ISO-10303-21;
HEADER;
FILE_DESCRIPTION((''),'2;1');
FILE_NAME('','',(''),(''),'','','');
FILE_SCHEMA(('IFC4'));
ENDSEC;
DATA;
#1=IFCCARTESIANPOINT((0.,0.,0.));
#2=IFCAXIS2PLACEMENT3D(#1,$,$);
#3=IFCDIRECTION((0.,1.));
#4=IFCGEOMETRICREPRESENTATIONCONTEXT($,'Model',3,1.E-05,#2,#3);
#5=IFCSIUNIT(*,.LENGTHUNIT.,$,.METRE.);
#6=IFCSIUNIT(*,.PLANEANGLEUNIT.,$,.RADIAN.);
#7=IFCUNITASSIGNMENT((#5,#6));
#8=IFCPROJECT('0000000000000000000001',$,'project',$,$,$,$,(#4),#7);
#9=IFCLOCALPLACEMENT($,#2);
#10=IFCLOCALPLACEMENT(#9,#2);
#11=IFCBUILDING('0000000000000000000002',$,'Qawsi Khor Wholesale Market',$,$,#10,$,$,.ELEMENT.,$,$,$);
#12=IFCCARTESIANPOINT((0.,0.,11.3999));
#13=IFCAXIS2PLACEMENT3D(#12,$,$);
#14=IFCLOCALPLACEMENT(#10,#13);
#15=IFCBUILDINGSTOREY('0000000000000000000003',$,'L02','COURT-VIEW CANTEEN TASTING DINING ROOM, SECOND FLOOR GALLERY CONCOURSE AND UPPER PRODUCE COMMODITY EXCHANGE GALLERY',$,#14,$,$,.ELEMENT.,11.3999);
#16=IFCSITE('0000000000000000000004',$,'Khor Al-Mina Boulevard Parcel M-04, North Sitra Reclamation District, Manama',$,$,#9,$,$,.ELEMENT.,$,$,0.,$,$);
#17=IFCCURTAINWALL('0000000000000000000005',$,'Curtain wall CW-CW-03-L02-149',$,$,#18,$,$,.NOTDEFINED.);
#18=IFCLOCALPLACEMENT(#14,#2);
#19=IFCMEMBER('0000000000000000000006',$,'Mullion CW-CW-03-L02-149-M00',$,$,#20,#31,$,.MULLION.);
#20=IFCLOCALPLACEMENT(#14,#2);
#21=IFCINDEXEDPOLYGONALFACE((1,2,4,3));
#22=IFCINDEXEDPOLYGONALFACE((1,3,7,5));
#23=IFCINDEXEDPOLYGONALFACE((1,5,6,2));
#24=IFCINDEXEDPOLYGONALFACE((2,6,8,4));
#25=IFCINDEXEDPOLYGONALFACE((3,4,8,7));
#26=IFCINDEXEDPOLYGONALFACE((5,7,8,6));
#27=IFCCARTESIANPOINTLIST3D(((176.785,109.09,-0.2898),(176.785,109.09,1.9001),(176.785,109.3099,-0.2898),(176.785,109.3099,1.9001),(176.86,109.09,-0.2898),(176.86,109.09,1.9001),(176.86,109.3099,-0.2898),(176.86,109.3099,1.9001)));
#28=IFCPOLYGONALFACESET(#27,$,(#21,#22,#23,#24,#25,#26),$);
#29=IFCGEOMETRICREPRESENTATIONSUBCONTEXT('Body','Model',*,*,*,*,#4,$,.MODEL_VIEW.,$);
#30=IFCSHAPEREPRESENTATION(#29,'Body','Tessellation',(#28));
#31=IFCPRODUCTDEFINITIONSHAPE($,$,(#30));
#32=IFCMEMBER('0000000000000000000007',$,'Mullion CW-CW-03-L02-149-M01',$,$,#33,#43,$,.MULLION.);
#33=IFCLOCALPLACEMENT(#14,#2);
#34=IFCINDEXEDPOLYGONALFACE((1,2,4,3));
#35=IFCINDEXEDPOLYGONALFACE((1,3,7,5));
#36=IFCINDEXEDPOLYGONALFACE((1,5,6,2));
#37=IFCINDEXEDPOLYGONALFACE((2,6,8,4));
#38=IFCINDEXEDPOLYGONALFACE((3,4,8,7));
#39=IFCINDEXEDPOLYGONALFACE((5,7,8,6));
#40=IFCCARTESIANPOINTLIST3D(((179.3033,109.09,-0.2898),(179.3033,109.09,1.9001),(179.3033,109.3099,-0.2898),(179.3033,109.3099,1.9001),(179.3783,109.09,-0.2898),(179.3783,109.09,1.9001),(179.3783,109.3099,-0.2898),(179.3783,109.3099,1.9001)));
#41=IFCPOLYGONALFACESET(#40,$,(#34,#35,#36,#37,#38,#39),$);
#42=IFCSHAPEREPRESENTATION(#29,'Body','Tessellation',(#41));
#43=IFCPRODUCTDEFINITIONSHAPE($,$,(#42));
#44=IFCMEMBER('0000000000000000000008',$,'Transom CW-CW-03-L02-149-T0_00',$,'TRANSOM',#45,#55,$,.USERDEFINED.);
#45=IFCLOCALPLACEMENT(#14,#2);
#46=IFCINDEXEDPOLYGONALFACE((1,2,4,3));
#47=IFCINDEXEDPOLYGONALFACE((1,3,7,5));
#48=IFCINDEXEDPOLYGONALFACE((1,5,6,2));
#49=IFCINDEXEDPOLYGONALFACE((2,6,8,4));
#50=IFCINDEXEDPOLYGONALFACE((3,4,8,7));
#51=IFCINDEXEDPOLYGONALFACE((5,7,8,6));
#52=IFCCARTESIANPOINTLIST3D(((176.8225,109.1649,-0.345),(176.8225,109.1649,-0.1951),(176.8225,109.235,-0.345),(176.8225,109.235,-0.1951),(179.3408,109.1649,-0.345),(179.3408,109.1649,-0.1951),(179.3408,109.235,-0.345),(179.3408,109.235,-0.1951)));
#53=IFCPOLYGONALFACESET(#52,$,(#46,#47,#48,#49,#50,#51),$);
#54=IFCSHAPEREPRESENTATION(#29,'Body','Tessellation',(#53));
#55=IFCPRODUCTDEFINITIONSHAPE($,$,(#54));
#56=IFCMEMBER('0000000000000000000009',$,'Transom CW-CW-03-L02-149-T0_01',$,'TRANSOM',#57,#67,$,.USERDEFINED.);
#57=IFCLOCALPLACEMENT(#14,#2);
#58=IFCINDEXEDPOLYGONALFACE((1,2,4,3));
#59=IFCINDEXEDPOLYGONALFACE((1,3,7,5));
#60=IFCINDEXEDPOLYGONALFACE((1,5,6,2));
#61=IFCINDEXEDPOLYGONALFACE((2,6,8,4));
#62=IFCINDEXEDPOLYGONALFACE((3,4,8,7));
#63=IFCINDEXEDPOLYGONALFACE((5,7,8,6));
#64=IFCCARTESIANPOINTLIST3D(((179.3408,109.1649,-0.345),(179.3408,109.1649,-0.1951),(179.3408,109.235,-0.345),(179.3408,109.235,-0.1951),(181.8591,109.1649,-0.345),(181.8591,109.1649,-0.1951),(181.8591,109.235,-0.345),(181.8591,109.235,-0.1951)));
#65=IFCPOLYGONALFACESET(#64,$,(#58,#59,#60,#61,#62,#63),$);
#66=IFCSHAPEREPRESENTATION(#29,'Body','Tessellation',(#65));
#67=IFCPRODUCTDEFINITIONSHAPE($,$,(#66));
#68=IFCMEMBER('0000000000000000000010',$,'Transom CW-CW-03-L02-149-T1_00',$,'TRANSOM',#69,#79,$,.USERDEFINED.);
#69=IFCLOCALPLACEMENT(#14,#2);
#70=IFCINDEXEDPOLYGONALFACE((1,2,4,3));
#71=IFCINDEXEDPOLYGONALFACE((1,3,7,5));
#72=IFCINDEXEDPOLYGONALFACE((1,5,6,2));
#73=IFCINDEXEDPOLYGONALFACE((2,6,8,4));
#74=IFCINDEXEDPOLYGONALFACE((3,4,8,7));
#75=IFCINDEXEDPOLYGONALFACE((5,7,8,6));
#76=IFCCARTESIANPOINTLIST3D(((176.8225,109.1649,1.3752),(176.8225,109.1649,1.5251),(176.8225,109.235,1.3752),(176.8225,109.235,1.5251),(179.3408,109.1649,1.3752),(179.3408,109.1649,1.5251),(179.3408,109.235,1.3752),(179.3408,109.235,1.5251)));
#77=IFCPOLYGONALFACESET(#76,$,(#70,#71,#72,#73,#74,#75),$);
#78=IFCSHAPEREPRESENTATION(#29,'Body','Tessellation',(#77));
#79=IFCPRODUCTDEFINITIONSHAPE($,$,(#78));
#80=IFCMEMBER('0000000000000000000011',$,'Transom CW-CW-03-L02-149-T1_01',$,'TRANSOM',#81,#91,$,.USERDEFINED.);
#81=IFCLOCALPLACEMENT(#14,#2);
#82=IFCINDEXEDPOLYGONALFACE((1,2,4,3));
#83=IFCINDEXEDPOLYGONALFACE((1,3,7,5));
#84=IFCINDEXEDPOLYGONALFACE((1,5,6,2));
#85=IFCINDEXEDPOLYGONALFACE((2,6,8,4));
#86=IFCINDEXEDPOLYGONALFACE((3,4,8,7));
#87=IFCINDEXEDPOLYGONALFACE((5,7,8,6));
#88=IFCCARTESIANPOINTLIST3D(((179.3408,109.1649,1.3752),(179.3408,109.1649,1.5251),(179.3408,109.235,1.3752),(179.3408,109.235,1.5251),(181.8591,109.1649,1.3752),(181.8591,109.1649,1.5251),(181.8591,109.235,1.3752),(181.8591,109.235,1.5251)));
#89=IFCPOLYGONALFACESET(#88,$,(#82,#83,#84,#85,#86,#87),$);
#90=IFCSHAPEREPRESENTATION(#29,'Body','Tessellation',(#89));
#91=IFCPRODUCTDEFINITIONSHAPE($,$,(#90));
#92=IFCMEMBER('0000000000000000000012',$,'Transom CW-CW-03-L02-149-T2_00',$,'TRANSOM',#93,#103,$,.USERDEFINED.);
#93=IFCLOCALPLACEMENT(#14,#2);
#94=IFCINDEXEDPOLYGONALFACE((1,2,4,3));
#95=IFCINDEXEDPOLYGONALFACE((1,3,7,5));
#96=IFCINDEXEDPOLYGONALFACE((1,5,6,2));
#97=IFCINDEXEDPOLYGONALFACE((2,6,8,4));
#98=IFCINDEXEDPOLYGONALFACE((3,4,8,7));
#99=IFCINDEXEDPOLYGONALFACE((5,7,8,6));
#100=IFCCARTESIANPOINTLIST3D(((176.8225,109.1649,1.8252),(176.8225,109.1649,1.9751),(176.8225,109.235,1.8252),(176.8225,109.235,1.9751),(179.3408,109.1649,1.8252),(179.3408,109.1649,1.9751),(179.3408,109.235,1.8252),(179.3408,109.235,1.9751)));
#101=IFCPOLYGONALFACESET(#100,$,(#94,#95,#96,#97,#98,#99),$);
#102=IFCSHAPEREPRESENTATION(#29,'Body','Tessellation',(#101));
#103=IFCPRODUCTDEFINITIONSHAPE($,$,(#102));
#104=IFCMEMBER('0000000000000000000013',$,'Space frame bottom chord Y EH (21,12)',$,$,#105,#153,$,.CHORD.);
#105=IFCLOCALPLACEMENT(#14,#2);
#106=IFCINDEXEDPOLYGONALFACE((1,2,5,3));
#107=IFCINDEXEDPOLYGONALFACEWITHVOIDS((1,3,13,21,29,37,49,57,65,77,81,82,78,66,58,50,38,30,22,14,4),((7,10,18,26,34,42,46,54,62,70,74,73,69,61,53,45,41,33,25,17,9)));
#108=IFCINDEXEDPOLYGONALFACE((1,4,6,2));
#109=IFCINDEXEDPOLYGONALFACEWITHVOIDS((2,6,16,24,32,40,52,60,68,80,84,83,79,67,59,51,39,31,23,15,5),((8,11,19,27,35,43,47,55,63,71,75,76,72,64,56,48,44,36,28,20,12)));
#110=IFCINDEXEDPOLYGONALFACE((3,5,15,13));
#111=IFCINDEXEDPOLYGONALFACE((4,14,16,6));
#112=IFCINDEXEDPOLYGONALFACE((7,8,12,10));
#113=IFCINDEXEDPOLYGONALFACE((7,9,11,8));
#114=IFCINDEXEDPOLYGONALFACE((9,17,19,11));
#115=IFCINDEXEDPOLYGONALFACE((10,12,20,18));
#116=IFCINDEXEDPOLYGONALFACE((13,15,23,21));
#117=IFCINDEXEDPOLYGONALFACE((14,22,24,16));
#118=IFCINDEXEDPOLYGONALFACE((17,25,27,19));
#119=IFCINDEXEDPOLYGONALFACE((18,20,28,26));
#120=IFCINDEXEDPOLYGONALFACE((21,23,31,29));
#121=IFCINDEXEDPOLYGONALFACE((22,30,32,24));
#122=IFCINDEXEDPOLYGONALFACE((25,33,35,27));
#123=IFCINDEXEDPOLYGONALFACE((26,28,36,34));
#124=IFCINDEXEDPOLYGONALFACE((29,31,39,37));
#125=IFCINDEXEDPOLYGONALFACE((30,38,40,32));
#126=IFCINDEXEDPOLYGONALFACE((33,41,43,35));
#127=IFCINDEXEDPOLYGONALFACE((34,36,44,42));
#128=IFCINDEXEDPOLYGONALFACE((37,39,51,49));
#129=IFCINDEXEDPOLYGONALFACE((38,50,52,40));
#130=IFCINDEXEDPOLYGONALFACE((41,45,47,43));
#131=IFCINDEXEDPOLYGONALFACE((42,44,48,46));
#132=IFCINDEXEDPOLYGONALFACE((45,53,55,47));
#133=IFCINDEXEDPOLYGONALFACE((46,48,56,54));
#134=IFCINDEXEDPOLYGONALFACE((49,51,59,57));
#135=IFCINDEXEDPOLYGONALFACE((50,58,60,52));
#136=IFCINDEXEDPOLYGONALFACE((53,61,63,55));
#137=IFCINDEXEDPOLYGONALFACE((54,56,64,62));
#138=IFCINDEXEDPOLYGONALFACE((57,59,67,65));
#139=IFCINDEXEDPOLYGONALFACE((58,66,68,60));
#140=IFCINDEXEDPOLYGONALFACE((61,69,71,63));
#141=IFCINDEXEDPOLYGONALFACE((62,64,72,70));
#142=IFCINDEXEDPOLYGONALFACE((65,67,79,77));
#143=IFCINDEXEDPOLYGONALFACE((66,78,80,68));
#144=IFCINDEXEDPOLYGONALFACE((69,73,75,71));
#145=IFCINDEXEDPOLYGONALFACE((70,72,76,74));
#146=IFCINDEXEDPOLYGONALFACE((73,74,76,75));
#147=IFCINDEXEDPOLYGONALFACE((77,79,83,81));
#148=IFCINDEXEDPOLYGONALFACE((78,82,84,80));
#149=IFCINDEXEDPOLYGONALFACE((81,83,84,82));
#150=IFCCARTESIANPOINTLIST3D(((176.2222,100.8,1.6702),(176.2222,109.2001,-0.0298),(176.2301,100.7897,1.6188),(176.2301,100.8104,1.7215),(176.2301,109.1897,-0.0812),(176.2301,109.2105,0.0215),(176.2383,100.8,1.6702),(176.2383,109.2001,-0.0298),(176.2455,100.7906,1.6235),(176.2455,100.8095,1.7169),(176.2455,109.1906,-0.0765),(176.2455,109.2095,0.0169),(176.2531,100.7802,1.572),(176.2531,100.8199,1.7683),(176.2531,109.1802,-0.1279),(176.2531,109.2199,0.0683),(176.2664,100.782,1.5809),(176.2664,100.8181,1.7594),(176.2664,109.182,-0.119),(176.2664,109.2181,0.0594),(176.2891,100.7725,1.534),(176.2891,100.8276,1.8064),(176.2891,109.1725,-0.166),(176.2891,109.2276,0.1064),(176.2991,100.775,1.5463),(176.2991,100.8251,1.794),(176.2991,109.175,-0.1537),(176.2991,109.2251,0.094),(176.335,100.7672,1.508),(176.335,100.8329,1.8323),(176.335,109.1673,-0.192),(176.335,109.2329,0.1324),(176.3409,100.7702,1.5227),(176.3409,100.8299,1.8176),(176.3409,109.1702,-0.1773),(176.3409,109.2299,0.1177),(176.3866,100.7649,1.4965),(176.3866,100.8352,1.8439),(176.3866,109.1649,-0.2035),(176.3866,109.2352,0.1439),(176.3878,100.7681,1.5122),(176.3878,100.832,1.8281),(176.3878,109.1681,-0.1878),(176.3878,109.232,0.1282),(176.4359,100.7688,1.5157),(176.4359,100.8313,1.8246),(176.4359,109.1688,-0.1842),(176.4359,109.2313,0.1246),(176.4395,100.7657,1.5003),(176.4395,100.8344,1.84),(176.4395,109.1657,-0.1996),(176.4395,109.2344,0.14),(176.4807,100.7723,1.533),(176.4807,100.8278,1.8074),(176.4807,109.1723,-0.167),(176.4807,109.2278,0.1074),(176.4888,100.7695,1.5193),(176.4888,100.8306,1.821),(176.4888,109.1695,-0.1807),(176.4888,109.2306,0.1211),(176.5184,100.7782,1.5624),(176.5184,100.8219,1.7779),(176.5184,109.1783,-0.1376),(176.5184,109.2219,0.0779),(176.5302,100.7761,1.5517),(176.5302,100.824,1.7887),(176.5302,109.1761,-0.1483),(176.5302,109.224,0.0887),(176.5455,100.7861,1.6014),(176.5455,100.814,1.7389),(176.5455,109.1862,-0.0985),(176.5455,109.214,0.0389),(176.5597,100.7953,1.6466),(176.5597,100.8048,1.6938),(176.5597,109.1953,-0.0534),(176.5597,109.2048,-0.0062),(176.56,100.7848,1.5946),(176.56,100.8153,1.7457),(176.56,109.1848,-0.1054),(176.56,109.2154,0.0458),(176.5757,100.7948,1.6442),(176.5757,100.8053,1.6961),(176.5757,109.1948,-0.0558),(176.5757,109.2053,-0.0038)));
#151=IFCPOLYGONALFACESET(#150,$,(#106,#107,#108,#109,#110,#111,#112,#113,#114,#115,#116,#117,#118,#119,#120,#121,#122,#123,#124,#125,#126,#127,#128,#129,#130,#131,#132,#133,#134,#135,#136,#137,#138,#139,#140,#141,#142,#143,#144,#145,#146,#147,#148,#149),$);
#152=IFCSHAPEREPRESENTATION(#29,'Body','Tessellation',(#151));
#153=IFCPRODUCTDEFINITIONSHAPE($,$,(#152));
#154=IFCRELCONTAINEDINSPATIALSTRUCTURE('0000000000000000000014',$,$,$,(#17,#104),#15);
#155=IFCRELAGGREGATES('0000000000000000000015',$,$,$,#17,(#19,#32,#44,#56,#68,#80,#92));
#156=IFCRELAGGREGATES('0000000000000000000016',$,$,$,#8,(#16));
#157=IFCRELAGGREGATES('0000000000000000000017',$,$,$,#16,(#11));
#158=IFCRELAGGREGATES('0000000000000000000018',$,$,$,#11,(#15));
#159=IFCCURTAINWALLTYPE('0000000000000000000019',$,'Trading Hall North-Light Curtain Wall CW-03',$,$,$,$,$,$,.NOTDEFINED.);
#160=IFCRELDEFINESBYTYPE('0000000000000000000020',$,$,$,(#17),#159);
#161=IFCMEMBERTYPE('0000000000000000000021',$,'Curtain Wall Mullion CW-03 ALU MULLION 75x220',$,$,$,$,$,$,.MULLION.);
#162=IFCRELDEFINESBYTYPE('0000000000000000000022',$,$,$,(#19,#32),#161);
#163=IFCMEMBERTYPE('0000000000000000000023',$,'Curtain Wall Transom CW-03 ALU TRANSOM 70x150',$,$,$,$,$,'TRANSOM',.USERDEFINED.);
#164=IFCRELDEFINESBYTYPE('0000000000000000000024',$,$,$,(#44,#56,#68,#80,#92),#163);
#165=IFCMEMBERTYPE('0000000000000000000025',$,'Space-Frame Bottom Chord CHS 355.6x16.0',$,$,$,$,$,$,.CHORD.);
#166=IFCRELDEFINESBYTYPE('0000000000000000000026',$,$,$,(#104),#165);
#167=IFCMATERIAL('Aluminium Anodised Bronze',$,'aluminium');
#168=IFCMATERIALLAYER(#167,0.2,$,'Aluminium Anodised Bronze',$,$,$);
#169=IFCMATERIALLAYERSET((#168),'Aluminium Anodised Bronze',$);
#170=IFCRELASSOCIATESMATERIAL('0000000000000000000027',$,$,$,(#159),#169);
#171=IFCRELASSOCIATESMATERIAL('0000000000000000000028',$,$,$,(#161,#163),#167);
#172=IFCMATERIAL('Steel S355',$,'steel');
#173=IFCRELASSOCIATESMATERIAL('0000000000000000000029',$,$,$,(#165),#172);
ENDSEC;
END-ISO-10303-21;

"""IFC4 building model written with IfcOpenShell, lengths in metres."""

from ifc_helpers import new_model, si_unit, direction, frame, origin, origin_2d, place, context, subcontext, project, spatial, rectangle, hollow_circle, extrude, material, layer, layer_set, material_profile, profile_set, type_object, element, aggregate, save


model = new_model("IFC4")

# Units and contexts
model_context = context("Model", 3, precision=1e-05, world=origin(), true_north=direction((0.0, 1.0)))
body_context = subcontext(model_context, "Body", "Model", "MODEL_VIEW")
ifc_project = project(units=[si_unit("LENGTHUNIT", "METRE"), si_unit("PLANEANGLEUNIT", "RADIAN")], contexts=[model_context])

# Site, building, storey
site_placement = place(None, origin())
site = spatial("IfcSite", under=ifc_project, at=site_placement, Name="Khor Al-Mina Boulevard Parcel M-04, North Sitra Reclamation District, Manama", CompositionType="ELEMENT", RefElevation=0.0)
building_placement = place(site_placement, origin())
building = spatial("IfcBuilding", under=site, at=building_placement, Name="Qawsi Khor Wholesale Market", CompositionType="ELEMENT")
storey_placement = place(building_placement, frame((0.0, 0.0, 11.3999)))
storey = spatial("IfcBuildingStorey", under=building, at=storey_placement, Name="L02", Description="COURT-VIEW CANTEEN TASTING DINING ROOM, SECOND FLOOR GALLERY CONCOURSE AND UPPER PRODUCE COMMODITY EXCHANGE GALLERY", CompositionType="ELEMENT", Elevation=11.3999)

# Curtain wall, members
ifc_material_1 = material(Name="Aluminium Anodised Bronze", Category="aluminium")
ifc_layer_1 = layer(ifc_material_1, 0.2, Name="Aluminium Anodised Bronze")
ifc_layer_set_1 = layer_set([ifc_layer_1], Name="Aluminium Anodised Bronze")
curtain_wall_type = type_object("IfcCurtainWallType", Name="Trading Hall North-Light Curtain Wall CW-03", PredefinedType="NOTDEFINED", material=ifc_layer_set_1)
curtain_wall_placement = place(storey_placement, origin())
curtain_wall = element("IfcCurtainWall", 1, at=curtain_wall_placement, inside=storey, type_object=curtain_wall_type, Name="Curtain wall CW-CW-03-L02-149", PredefinedType="NOTDEFINED")
ifc_material_profile_1 = material_profile(ifc_material_1, rectangle(XDim=0.075, YDim=0.22, at=origin_2d()), Name="ALU MULLION 75x220")
ifc_profile_set_1 = profile_set([ifc_material_profile_1], Name="Aluminium Anodised Bronze")
member_type_1 = type_object("IfcMemberType", Name="Curtain Wall Mullion CW-03 ALU MULLION 75x220", PredefinedType="MULLION", material=ifc_profile_set_1)
member_1_placement = place(storey_placement, frame((176.8225, 109.2, -0.2898), z_axis=(0.0, 0.0, 1.0), x_axis=(1.0, 0.0, 0.0)))
member_1 = element("IfcMember", 2, at=member_1_placement, type_object=member_type_1, Name="Mullion CW-CW-03-L02-149-M00", PredefinedType="MULLION", context=body_context, shape_type="SweptSolid", body=[
    extrude(rectangle(XDim=0.075, YDim=0.22, at=origin_2d()), origin(), (0.0, 0.0, 1.0), 2.1899),
])
member_2_placement = place(storey_placement, frame((179.3408, 109.2, -0.2898), z_axis=(0.0, 0.0, 1.0), x_axis=(1.0, 0.0, 0.0)))
member_2 = element("IfcMember", 3, at=member_2_placement, type_object=member_type_1, Name="Mullion CW-CW-03-L02-149-M01", PredefinedType="MULLION", context=body_context, shape_type="SweptSolid", body=[
    extrude(rectangle(XDim=0.075, YDim=0.22, at=origin_2d()), origin(), (0.0, 0.0, 1.0), 2.1899),
])
ifc_material_profile_2 = material_profile(ifc_material_1, rectangle(XDim=0.0701, YDim=0.1499, at=origin_2d()), Name="ALU TRANSOM 70x150")
ifc_profile_set_2 = profile_set([ifc_material_profile_2], Name="Aluminium Anodised Bronze")
member_type_2 = type_object("IfcMemberType", Name="Curtain Wall Transom CW-03 ALU TRANSOM 70x150", ElementType="TRANSOM", PredefinedType="USERDEFINED", material=ifc_profile_set_2)
member_3_placement = place(storey_placement, frame((176.8225, 109.2, -0.27), z_axis=(1.0, 0.0, 0.0), x_axis=(0.0, 1.0, 0.0)))
member_3 = element("IfcMember", 4, at=member_3_placement, type_object=member_type_2, Name="Transom CW-CW-03-L02-149-T0_00", ObjectType="TRANSOM", PredefinedType="USERDEFINED", context=body_context, shape_type="SweptSolid", body=[
    extrude(rectangle(XDim=0.0701, YDim=0.1499, at=origin_2d()), origin(), (0.0, 0.0, 1.0), 2.5183),
])
member_4_placement = place(storey_placement, frame((179.3408, 109.2, -0.27), z_axis=(1.0, 0.0, 0.0), x_axis=(0.0, 1.0, 0.0)))
member_4 = element("IfcMember", 5, at=member_4_placement, type_object=member_type_2, Name="Transom CW-CW-03-L02-149-T0_01", ObjectType="TRANSOM", PredefinedType="USERDEFINED", context=body_context, shape_type="SweptSolid", body=[
    extrude(rectangle(XDim=0.0701, YDim=0.1499, at=origin_2d()), origin(), (0.0, 0.0, 1.0), 2.5183),
])
member_5_placement = place(storey_placement, frame((176.8225, 109.2, 1.4502), z_axis=(1.0, 0.0, 0.0), x_axis=(0.0, 1.0, 0.0)))
member_5 = element("IfcMember", 6, at=member_5_placement, type_object=member_type_2, Name="Transom CW-CW-03-L02-149-T1_00", ObjectType="TRANSOM", PredefinedType="USERDEFINED", context=body_context, shape_type="SweptSolid", body=[
    extrude(rectangle(XDim=0.0701, YDim=0.1499, at=origin_2d()), origin(), (0.0, 0.0, 1.0), 2.5183),
])
member_6_placement = place(storey_placement, frame((179.3408, 109.2, 1.4502), z_axis=(1.0, 0.0, 0.0), x_axis=(0.0, 1.0, 0.0)))
member_6 = element("IfcMember", 7, at=member_6_placement, type_object=member_type_2, Name="Transom CW-CW-03-L02-149-T1_01", ObjectType="TRANSOM", PredefinedType="USERDEFINED", context=body_context, shape_type="SweptSolid", body=[
    extrude(rectangle(XDim=0.0701, YDim=0.1499, at=origin_2d()), origin(), (0.0, 0.0, 1.0), 2.5183),
])
member_7_placement = place(storey_placement, frame((176.8225, 109.2, 1.9001), z_axis=(1.0, 0.0, 0.0), x_axis=(0.0, 1.0, 0.0)))
member_7 = element("IfcMember", 8, at=member_7_placement, type_object=member_type_2, Name="Transom CW-CW-03-L02-149-T2_00", ObjectType="TRANSOM", PredefinedType="USERDEFINED", context=body_context, shape_type="SweptSolid", body=[
    extrude(rectangle(XDim=0.0701, YDim=0.1499, at=origin_2d()), origin(), (0.0, 0.0, 1.0), 2.5183),
])

# Member
ifc_material_2 = material(Name="Steel S355", Category="steel")
ifc_material_profile_3 = material_profile(ifc_material_2, hollow_circle(Radius=0.1777, WallThickness=0.0161, at=origin_2d()), Name="CHS 355.6x16.0")
ifc_profile_set_3 = profile_set([ifc_material_profile_3], Name="Steel S355")
member_type_3 = type_object("IfcMemberType", Name="Space-Frame Bottom Chord CHS 355.6x16.0", PredefinedType="CHORD", material=ifc_profile_set_3)
member_8_placement = place(storey_placement, frame((176.3999, 100.8, 1.6702), z_axis=(0.0, 0.98013, -0.198356), x_axis=(-1.0, 0.0, 0.0)))
element("IfcMember", 9, at=member_8_placement, inside=storey, type_object=member_type_3, Name="Space frame bottom chord Y EH (21,12)", PredefinedType="CHORD", context=body_context, shape_type="SweptSolid", body=[
    extrude(hollow_circle(Radius=0.1777, WallThickness=0.0161, at=origin_2d()), origin(), (0.0, 0.0, 1.0), 8.5703),
])

aggregate(curtain_wall, [member_1, member_2, member_3, member_4, member_5, member_6, member_7])

save(model, "model.ifc")
